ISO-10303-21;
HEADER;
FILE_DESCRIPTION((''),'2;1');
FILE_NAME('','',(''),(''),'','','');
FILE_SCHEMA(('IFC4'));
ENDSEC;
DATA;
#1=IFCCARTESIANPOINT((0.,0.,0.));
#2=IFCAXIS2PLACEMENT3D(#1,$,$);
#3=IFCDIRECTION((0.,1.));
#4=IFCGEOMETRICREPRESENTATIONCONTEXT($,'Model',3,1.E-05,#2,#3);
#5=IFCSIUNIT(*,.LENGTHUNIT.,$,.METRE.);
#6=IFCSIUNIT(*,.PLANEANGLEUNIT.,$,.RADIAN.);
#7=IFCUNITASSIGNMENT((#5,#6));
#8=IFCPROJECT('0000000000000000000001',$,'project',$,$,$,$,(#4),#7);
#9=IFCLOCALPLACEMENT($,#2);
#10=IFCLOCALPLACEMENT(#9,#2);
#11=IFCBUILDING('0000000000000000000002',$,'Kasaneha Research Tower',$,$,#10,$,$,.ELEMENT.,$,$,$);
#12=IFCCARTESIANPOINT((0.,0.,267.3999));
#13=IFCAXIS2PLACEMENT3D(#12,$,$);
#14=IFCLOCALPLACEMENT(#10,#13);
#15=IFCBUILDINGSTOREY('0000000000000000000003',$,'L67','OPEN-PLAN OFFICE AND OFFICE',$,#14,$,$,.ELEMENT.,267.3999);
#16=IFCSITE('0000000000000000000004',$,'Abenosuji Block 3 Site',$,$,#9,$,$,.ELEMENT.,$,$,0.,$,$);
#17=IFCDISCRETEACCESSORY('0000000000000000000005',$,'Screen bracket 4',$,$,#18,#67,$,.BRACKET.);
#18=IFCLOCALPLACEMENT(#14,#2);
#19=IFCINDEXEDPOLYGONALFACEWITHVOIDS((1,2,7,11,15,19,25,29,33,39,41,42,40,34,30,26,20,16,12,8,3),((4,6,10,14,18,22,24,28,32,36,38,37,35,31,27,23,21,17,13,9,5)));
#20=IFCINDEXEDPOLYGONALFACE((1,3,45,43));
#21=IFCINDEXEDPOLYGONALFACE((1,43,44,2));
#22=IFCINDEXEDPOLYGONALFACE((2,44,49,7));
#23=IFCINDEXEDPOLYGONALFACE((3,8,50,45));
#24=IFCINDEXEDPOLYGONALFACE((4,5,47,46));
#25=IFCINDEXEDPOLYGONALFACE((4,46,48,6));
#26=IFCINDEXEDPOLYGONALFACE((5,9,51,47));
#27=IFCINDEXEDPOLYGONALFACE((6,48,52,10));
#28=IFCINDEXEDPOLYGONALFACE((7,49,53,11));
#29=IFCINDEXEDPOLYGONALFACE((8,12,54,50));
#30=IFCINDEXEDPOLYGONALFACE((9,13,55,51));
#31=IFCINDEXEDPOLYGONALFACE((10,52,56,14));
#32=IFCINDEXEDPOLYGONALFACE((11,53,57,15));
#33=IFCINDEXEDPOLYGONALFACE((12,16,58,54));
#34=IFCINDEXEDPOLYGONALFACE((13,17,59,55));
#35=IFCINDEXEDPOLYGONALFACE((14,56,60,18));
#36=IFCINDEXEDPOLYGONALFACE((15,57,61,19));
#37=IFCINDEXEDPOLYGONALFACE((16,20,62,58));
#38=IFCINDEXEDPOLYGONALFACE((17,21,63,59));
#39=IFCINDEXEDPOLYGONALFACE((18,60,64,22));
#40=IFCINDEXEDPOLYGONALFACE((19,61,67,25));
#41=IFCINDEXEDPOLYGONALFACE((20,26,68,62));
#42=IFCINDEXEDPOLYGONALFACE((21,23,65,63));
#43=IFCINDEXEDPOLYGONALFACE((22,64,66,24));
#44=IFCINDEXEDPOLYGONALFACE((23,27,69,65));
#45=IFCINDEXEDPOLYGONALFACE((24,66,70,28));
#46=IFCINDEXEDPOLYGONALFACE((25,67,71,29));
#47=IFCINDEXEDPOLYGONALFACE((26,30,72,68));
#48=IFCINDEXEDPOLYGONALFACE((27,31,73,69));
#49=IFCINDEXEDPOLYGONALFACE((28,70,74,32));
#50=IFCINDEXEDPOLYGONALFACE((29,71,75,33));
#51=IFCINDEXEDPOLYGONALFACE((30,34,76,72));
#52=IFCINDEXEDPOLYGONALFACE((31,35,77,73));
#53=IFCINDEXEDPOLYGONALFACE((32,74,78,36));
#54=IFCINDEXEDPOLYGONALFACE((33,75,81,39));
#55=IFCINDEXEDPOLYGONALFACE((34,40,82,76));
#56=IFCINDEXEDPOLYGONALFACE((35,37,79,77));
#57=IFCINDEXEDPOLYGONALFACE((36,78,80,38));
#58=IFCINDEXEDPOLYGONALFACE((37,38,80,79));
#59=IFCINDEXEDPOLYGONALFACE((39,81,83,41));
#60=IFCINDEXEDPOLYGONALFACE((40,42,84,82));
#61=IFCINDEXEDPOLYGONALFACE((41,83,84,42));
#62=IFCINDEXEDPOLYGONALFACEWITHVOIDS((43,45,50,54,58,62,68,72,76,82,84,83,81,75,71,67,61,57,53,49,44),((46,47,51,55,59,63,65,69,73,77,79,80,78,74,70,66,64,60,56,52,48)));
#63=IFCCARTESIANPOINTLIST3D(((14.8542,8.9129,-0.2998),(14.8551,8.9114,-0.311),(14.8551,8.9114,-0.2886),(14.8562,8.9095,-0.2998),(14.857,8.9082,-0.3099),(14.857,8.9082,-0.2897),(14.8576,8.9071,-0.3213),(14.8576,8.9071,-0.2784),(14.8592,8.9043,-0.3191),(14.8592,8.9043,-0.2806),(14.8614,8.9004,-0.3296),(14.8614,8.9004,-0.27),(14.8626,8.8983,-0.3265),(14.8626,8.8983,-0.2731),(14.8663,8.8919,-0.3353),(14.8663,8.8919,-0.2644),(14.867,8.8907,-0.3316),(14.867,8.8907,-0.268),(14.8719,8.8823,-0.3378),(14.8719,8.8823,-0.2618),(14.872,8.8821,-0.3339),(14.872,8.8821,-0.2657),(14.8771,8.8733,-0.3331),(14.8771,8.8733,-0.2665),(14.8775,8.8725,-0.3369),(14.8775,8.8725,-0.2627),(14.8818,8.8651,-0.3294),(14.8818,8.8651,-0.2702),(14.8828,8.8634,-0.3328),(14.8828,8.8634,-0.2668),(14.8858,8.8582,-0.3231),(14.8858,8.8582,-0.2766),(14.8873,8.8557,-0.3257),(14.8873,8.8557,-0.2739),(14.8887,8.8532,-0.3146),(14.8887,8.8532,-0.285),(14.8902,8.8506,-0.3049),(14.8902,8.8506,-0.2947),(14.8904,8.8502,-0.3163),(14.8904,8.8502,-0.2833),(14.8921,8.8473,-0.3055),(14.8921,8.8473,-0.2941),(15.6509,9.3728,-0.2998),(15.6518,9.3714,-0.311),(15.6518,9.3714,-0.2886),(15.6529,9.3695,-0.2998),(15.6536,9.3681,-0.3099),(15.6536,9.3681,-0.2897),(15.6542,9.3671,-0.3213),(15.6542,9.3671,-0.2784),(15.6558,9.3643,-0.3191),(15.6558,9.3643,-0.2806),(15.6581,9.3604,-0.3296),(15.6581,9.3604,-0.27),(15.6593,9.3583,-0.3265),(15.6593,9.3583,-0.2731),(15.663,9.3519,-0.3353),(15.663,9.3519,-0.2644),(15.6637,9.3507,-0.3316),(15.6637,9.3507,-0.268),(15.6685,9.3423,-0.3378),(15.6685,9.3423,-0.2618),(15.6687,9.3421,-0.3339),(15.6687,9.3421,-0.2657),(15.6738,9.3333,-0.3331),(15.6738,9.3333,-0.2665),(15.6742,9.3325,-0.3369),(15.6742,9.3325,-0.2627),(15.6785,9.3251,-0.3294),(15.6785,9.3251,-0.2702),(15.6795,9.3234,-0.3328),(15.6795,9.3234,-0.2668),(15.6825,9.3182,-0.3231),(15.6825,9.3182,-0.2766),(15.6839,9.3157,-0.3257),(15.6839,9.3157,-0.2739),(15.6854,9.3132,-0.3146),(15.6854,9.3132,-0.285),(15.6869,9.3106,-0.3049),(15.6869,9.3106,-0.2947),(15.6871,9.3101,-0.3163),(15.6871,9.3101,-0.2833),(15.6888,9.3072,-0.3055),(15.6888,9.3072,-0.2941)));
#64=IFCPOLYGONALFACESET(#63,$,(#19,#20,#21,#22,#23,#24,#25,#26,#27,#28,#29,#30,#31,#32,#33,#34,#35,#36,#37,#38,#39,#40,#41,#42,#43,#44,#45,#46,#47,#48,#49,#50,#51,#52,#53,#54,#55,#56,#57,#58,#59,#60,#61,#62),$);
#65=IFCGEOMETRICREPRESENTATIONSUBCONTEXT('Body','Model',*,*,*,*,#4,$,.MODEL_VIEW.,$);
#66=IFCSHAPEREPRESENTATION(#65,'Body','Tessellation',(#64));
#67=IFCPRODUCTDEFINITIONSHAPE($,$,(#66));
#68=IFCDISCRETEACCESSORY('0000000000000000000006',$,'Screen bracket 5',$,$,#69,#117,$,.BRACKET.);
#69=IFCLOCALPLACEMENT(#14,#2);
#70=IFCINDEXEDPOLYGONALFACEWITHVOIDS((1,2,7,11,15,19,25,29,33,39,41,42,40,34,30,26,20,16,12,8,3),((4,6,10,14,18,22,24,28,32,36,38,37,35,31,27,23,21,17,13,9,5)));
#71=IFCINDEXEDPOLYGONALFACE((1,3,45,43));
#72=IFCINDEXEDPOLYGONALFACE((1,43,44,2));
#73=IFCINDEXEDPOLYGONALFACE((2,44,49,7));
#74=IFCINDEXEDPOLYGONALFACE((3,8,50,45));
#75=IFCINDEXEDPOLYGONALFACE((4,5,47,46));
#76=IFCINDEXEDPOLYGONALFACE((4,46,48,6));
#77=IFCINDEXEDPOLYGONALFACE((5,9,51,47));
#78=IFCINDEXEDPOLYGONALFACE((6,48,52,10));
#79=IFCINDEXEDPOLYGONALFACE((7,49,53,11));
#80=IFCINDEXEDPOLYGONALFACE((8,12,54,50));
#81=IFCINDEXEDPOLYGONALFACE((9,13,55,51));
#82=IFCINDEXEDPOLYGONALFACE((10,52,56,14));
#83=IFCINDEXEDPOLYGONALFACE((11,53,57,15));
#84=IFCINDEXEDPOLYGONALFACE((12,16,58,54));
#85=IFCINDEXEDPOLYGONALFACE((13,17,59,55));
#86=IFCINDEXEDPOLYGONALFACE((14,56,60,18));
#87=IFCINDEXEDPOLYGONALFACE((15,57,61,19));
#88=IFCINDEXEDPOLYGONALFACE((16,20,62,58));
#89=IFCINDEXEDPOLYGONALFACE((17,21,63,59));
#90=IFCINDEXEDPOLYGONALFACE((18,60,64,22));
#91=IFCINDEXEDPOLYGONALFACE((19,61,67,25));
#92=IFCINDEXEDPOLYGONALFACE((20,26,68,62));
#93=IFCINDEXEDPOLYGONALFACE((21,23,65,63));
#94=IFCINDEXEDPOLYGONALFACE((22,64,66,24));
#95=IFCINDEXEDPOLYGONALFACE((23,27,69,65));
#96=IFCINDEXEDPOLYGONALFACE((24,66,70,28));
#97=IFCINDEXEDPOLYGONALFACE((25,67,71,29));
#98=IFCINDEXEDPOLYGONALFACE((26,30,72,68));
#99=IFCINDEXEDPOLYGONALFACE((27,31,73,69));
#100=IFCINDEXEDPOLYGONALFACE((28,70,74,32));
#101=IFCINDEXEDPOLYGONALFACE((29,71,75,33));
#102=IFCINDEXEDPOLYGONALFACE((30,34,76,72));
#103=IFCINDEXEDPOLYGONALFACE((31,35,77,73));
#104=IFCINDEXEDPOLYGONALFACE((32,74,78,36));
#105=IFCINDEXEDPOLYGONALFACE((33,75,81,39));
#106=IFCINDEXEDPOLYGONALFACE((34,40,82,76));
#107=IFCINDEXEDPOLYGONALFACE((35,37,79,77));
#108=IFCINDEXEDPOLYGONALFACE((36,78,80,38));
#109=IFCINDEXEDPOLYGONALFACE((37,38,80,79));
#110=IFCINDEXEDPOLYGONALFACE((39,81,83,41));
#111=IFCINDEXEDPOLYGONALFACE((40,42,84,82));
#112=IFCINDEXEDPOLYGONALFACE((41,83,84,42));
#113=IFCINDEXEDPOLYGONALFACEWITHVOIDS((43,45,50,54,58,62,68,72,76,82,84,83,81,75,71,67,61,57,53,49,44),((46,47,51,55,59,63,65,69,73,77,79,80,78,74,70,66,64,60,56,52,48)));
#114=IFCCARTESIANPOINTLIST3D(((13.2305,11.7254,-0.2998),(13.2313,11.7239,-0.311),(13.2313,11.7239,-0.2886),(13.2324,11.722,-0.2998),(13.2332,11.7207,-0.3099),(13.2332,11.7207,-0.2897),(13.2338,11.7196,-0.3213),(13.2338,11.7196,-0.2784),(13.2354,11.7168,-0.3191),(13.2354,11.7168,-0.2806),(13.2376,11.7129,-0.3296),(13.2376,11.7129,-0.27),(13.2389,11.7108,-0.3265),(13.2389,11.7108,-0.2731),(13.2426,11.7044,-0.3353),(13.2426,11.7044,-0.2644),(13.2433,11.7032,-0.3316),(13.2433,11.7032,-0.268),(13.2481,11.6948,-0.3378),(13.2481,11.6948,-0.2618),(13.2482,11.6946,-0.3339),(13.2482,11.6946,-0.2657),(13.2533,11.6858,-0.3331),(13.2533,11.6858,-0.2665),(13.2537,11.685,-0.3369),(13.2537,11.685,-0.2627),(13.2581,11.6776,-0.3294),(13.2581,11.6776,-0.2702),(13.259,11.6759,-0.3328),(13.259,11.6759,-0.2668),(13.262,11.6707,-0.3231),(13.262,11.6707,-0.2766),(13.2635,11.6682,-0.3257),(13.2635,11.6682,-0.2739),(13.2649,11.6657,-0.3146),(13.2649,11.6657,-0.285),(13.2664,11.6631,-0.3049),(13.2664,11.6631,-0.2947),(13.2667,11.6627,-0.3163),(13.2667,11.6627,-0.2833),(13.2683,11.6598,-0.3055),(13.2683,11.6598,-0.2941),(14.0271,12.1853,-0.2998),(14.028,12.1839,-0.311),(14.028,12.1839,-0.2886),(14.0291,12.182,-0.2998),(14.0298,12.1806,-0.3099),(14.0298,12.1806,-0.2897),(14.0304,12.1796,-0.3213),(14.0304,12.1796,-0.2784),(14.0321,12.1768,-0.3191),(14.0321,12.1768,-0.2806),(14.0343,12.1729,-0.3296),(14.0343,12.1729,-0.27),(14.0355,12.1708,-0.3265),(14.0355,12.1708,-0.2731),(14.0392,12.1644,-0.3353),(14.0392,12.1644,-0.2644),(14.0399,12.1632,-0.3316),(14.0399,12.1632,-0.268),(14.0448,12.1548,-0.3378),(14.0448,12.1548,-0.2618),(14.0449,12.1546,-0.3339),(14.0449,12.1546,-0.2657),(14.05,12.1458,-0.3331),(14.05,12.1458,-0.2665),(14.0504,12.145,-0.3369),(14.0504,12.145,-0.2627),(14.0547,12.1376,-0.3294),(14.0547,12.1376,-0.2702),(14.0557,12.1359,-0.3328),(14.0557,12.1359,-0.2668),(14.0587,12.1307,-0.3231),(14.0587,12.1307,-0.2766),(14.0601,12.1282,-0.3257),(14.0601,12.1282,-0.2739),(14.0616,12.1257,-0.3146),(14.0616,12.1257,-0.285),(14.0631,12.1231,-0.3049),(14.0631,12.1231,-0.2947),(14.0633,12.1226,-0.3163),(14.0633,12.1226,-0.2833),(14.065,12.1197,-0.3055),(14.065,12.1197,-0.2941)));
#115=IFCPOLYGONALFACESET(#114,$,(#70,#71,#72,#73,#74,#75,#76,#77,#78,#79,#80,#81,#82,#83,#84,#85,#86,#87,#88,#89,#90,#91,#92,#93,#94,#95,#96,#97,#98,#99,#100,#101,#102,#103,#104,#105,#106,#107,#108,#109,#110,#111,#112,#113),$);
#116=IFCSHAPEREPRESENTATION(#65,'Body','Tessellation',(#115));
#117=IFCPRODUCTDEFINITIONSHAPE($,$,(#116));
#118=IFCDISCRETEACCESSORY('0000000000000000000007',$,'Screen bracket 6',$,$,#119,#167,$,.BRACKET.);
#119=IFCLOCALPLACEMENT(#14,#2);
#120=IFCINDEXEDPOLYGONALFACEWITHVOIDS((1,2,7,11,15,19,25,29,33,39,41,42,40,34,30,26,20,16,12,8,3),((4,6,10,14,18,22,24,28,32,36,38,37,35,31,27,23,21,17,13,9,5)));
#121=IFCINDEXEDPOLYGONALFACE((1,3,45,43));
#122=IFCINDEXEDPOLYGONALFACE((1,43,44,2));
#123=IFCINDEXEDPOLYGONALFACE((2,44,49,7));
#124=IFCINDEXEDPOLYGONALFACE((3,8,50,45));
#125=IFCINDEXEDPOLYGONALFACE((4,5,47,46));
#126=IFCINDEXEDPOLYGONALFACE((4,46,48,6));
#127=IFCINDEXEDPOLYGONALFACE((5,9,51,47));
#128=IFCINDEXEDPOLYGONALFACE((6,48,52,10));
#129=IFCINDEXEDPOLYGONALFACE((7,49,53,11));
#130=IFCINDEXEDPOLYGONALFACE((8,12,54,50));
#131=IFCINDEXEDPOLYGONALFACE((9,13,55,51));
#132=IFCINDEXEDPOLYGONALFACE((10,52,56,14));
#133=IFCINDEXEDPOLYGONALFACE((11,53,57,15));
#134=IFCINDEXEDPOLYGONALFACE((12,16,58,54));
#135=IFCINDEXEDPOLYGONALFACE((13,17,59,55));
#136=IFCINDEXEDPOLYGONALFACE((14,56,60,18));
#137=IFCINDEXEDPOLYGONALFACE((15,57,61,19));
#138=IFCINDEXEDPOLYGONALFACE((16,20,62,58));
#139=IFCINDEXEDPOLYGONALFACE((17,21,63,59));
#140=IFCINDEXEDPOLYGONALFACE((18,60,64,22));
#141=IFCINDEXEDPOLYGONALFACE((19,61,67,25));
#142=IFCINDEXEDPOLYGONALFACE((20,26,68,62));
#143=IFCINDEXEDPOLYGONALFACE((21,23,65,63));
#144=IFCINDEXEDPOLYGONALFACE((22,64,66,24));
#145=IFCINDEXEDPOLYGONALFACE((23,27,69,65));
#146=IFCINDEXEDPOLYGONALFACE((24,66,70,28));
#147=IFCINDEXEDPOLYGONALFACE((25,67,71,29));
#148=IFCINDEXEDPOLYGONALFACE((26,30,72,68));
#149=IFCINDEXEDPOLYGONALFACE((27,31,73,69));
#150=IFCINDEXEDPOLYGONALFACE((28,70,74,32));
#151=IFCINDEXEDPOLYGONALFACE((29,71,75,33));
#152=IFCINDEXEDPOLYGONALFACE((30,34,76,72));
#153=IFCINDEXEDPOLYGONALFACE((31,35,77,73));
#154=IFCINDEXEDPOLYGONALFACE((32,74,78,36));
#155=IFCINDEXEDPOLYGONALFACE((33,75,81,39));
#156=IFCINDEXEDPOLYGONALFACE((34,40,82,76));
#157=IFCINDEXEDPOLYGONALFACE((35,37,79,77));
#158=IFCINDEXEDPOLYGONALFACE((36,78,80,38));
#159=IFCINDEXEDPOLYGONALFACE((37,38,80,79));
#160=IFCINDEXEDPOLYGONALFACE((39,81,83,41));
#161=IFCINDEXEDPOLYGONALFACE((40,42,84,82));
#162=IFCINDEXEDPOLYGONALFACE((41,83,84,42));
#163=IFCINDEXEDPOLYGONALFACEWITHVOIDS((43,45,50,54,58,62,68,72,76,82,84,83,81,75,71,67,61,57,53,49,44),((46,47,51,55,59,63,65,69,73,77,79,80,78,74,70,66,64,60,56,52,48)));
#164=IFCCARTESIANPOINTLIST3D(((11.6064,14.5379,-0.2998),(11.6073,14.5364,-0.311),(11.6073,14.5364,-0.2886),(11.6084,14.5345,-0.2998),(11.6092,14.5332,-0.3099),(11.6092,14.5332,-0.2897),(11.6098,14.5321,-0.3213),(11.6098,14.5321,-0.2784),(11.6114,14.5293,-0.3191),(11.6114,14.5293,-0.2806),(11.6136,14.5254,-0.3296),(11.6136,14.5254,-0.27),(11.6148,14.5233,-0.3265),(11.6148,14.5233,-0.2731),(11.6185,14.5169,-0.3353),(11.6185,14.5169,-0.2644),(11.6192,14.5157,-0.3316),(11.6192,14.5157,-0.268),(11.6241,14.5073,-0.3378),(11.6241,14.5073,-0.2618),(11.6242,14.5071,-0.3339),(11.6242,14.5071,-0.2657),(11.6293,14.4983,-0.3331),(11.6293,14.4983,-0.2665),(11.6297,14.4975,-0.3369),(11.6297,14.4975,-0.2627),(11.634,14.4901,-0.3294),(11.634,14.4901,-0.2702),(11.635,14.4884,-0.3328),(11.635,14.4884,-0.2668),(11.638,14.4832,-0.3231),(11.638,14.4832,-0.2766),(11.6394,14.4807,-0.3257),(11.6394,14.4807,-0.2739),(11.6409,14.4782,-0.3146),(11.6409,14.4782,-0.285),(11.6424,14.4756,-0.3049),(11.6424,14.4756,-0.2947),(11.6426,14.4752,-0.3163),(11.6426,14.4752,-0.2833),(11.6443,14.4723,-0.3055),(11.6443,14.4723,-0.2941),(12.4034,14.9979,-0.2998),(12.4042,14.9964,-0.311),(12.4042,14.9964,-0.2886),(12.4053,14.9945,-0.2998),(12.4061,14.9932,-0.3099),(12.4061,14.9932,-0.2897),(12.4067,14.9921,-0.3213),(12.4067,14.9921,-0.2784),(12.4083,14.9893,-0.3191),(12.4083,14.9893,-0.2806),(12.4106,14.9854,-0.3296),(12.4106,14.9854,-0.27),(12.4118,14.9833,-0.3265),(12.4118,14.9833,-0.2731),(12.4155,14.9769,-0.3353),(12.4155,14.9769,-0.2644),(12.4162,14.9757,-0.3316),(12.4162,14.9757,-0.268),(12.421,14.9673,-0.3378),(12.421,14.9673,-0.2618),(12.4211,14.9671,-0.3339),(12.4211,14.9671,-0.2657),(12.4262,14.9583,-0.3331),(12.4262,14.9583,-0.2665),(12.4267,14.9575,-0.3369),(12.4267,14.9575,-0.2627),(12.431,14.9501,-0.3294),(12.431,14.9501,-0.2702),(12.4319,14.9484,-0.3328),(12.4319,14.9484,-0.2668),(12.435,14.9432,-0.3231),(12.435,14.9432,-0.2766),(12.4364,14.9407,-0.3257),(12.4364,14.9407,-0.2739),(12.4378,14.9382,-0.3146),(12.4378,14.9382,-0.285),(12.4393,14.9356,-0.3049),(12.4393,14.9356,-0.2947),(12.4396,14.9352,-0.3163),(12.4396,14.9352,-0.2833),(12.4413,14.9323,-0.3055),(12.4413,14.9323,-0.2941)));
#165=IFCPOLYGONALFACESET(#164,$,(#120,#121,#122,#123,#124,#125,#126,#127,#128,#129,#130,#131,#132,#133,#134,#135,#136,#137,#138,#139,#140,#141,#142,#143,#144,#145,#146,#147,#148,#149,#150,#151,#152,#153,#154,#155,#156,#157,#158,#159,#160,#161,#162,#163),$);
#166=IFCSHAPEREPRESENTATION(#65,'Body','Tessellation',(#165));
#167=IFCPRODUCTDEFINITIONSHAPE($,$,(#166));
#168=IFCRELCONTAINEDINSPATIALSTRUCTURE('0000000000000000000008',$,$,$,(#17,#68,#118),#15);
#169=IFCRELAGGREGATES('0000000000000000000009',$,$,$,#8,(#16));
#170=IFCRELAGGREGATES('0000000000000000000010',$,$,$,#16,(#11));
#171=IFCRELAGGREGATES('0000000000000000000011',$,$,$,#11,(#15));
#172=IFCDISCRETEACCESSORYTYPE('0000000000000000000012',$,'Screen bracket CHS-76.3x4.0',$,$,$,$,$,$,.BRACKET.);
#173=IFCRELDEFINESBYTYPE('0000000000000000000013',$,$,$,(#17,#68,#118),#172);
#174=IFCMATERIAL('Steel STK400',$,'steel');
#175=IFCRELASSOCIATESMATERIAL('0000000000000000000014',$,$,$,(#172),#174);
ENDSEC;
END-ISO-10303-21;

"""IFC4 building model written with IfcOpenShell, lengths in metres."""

from ifc_helpers import new_model, si_unit, direction, frame, origin, origin_2d, place, context, subcontext, project, spatial, hollow_circle, extrude, material, material_profile, profile_set, type_object, element, save


model = new_model("IFC4")

# Units and contexts
model_context = context("Model", 3, precision=1e-05, world=origin(), true_north=direction((0.0, 1.0)))
body_context = subcontext(model_context, "Body", "Model", "MODEL_VIEW")
ifc_project = project(units=[si_unit("LENGTHUNIT", "METRE"), si_unit("PLANEANGLEUNIT", "RADIAN")], contexts=[model_context])

# Site, building, storey
site_placement = place(None, origin())
site = spatial("IfcSite", under=ifc_project, at=site_placement, Name="Abenosuji Block 3 Site", CompositionType="ELEMENT", RefElevation=0.0)
building_placement = place(site_placement, origin())
building = spatial("IfcBuilding", under=site, at=building_placement, Name="Kasaneha Research Tower", CompositionType="ELEMENT")
storey_placement = place(building_placement, frame((0.0, 0.0, 267.3999)))
storey = spatial("IfcBuildingStorey", under=building, at=storey_placement, Name="L67", Description="OPEN-PLAN OFFICE AND OFFICE", CompositionType="ELEMENT", Elevation=267.3999)

# Discrete accessories
ifc_material_1 = material(Name="Steel STK400", Category="steel")
ifc_material_profile_1 = material_profile(ifc_material_1, hollow_circle(Radius=0.0381, WallThickness=0.0039, at=origin_2d()), Name="CHS-76.3x4.0")
ifc_profile_set_1 = profile_set([ifc_material_profile_1], Name="Steel STK400")
discrete_accessory_type = type_object("IfcDiscreteAccessoryType", Name="Screen bracket CHS-76.3x4.0", PredefinedType="BRACKET", material=ifc_profile_set_1)
for number, where, z_axis, x_axis, name in (
    (1, (14.8733, 8.8799, -0.2998), (0.866013, 0.500021, 0.0), (-0.500021, 0.866013, 0.0), "Screen bracket 4"),
    (2, (13.2495, 11.6924, -0.2998), (0.866013, 0.500021, 0.0), (-0.500021, 0.866013, 0.0), "Screen bracket 5"),
):
    element("IfcDiscreteAccessory", number, at=place(storey_placement, frame(where, z_axis=z_axis, x_axis=x_axis)), inside=storey, type_object=discrete_accessory_type, Name=name, PredefinedType="BRACKET", context=body_context, shape_type="SweptSolid", body=[
        extrude(hollow_circle(Radius=0.0381, WallThickness=0.0039, at=origin_2d()), origin(), (0.0, 0.0, 1.0), 0.9199),
    ])
discrete_accessory_placement = place(storey_placement, frame((11.6255, 14.5049, -0.2998), z_axis=(0.86608, 0.499906, 0.0), x_axis=(-0.499906, 0.86608, 0.0)))
element("IfcDiscreteAccessory", 3, at=discrete_accessory_placement, inside=storey, type_object=discrete_accessory_type, Name="Screen bracket 6", PredefinedType="BRACKET", context=body_context, shape_type="SweptSolid", body=[
    extrude(hollow_circle(Radius=0.0381, WallThickness=0.0039, at=origin_2d()), origin(), (0.0, 0.0, 1.0), 0.9202),
])

save(model, "model.ifc")
